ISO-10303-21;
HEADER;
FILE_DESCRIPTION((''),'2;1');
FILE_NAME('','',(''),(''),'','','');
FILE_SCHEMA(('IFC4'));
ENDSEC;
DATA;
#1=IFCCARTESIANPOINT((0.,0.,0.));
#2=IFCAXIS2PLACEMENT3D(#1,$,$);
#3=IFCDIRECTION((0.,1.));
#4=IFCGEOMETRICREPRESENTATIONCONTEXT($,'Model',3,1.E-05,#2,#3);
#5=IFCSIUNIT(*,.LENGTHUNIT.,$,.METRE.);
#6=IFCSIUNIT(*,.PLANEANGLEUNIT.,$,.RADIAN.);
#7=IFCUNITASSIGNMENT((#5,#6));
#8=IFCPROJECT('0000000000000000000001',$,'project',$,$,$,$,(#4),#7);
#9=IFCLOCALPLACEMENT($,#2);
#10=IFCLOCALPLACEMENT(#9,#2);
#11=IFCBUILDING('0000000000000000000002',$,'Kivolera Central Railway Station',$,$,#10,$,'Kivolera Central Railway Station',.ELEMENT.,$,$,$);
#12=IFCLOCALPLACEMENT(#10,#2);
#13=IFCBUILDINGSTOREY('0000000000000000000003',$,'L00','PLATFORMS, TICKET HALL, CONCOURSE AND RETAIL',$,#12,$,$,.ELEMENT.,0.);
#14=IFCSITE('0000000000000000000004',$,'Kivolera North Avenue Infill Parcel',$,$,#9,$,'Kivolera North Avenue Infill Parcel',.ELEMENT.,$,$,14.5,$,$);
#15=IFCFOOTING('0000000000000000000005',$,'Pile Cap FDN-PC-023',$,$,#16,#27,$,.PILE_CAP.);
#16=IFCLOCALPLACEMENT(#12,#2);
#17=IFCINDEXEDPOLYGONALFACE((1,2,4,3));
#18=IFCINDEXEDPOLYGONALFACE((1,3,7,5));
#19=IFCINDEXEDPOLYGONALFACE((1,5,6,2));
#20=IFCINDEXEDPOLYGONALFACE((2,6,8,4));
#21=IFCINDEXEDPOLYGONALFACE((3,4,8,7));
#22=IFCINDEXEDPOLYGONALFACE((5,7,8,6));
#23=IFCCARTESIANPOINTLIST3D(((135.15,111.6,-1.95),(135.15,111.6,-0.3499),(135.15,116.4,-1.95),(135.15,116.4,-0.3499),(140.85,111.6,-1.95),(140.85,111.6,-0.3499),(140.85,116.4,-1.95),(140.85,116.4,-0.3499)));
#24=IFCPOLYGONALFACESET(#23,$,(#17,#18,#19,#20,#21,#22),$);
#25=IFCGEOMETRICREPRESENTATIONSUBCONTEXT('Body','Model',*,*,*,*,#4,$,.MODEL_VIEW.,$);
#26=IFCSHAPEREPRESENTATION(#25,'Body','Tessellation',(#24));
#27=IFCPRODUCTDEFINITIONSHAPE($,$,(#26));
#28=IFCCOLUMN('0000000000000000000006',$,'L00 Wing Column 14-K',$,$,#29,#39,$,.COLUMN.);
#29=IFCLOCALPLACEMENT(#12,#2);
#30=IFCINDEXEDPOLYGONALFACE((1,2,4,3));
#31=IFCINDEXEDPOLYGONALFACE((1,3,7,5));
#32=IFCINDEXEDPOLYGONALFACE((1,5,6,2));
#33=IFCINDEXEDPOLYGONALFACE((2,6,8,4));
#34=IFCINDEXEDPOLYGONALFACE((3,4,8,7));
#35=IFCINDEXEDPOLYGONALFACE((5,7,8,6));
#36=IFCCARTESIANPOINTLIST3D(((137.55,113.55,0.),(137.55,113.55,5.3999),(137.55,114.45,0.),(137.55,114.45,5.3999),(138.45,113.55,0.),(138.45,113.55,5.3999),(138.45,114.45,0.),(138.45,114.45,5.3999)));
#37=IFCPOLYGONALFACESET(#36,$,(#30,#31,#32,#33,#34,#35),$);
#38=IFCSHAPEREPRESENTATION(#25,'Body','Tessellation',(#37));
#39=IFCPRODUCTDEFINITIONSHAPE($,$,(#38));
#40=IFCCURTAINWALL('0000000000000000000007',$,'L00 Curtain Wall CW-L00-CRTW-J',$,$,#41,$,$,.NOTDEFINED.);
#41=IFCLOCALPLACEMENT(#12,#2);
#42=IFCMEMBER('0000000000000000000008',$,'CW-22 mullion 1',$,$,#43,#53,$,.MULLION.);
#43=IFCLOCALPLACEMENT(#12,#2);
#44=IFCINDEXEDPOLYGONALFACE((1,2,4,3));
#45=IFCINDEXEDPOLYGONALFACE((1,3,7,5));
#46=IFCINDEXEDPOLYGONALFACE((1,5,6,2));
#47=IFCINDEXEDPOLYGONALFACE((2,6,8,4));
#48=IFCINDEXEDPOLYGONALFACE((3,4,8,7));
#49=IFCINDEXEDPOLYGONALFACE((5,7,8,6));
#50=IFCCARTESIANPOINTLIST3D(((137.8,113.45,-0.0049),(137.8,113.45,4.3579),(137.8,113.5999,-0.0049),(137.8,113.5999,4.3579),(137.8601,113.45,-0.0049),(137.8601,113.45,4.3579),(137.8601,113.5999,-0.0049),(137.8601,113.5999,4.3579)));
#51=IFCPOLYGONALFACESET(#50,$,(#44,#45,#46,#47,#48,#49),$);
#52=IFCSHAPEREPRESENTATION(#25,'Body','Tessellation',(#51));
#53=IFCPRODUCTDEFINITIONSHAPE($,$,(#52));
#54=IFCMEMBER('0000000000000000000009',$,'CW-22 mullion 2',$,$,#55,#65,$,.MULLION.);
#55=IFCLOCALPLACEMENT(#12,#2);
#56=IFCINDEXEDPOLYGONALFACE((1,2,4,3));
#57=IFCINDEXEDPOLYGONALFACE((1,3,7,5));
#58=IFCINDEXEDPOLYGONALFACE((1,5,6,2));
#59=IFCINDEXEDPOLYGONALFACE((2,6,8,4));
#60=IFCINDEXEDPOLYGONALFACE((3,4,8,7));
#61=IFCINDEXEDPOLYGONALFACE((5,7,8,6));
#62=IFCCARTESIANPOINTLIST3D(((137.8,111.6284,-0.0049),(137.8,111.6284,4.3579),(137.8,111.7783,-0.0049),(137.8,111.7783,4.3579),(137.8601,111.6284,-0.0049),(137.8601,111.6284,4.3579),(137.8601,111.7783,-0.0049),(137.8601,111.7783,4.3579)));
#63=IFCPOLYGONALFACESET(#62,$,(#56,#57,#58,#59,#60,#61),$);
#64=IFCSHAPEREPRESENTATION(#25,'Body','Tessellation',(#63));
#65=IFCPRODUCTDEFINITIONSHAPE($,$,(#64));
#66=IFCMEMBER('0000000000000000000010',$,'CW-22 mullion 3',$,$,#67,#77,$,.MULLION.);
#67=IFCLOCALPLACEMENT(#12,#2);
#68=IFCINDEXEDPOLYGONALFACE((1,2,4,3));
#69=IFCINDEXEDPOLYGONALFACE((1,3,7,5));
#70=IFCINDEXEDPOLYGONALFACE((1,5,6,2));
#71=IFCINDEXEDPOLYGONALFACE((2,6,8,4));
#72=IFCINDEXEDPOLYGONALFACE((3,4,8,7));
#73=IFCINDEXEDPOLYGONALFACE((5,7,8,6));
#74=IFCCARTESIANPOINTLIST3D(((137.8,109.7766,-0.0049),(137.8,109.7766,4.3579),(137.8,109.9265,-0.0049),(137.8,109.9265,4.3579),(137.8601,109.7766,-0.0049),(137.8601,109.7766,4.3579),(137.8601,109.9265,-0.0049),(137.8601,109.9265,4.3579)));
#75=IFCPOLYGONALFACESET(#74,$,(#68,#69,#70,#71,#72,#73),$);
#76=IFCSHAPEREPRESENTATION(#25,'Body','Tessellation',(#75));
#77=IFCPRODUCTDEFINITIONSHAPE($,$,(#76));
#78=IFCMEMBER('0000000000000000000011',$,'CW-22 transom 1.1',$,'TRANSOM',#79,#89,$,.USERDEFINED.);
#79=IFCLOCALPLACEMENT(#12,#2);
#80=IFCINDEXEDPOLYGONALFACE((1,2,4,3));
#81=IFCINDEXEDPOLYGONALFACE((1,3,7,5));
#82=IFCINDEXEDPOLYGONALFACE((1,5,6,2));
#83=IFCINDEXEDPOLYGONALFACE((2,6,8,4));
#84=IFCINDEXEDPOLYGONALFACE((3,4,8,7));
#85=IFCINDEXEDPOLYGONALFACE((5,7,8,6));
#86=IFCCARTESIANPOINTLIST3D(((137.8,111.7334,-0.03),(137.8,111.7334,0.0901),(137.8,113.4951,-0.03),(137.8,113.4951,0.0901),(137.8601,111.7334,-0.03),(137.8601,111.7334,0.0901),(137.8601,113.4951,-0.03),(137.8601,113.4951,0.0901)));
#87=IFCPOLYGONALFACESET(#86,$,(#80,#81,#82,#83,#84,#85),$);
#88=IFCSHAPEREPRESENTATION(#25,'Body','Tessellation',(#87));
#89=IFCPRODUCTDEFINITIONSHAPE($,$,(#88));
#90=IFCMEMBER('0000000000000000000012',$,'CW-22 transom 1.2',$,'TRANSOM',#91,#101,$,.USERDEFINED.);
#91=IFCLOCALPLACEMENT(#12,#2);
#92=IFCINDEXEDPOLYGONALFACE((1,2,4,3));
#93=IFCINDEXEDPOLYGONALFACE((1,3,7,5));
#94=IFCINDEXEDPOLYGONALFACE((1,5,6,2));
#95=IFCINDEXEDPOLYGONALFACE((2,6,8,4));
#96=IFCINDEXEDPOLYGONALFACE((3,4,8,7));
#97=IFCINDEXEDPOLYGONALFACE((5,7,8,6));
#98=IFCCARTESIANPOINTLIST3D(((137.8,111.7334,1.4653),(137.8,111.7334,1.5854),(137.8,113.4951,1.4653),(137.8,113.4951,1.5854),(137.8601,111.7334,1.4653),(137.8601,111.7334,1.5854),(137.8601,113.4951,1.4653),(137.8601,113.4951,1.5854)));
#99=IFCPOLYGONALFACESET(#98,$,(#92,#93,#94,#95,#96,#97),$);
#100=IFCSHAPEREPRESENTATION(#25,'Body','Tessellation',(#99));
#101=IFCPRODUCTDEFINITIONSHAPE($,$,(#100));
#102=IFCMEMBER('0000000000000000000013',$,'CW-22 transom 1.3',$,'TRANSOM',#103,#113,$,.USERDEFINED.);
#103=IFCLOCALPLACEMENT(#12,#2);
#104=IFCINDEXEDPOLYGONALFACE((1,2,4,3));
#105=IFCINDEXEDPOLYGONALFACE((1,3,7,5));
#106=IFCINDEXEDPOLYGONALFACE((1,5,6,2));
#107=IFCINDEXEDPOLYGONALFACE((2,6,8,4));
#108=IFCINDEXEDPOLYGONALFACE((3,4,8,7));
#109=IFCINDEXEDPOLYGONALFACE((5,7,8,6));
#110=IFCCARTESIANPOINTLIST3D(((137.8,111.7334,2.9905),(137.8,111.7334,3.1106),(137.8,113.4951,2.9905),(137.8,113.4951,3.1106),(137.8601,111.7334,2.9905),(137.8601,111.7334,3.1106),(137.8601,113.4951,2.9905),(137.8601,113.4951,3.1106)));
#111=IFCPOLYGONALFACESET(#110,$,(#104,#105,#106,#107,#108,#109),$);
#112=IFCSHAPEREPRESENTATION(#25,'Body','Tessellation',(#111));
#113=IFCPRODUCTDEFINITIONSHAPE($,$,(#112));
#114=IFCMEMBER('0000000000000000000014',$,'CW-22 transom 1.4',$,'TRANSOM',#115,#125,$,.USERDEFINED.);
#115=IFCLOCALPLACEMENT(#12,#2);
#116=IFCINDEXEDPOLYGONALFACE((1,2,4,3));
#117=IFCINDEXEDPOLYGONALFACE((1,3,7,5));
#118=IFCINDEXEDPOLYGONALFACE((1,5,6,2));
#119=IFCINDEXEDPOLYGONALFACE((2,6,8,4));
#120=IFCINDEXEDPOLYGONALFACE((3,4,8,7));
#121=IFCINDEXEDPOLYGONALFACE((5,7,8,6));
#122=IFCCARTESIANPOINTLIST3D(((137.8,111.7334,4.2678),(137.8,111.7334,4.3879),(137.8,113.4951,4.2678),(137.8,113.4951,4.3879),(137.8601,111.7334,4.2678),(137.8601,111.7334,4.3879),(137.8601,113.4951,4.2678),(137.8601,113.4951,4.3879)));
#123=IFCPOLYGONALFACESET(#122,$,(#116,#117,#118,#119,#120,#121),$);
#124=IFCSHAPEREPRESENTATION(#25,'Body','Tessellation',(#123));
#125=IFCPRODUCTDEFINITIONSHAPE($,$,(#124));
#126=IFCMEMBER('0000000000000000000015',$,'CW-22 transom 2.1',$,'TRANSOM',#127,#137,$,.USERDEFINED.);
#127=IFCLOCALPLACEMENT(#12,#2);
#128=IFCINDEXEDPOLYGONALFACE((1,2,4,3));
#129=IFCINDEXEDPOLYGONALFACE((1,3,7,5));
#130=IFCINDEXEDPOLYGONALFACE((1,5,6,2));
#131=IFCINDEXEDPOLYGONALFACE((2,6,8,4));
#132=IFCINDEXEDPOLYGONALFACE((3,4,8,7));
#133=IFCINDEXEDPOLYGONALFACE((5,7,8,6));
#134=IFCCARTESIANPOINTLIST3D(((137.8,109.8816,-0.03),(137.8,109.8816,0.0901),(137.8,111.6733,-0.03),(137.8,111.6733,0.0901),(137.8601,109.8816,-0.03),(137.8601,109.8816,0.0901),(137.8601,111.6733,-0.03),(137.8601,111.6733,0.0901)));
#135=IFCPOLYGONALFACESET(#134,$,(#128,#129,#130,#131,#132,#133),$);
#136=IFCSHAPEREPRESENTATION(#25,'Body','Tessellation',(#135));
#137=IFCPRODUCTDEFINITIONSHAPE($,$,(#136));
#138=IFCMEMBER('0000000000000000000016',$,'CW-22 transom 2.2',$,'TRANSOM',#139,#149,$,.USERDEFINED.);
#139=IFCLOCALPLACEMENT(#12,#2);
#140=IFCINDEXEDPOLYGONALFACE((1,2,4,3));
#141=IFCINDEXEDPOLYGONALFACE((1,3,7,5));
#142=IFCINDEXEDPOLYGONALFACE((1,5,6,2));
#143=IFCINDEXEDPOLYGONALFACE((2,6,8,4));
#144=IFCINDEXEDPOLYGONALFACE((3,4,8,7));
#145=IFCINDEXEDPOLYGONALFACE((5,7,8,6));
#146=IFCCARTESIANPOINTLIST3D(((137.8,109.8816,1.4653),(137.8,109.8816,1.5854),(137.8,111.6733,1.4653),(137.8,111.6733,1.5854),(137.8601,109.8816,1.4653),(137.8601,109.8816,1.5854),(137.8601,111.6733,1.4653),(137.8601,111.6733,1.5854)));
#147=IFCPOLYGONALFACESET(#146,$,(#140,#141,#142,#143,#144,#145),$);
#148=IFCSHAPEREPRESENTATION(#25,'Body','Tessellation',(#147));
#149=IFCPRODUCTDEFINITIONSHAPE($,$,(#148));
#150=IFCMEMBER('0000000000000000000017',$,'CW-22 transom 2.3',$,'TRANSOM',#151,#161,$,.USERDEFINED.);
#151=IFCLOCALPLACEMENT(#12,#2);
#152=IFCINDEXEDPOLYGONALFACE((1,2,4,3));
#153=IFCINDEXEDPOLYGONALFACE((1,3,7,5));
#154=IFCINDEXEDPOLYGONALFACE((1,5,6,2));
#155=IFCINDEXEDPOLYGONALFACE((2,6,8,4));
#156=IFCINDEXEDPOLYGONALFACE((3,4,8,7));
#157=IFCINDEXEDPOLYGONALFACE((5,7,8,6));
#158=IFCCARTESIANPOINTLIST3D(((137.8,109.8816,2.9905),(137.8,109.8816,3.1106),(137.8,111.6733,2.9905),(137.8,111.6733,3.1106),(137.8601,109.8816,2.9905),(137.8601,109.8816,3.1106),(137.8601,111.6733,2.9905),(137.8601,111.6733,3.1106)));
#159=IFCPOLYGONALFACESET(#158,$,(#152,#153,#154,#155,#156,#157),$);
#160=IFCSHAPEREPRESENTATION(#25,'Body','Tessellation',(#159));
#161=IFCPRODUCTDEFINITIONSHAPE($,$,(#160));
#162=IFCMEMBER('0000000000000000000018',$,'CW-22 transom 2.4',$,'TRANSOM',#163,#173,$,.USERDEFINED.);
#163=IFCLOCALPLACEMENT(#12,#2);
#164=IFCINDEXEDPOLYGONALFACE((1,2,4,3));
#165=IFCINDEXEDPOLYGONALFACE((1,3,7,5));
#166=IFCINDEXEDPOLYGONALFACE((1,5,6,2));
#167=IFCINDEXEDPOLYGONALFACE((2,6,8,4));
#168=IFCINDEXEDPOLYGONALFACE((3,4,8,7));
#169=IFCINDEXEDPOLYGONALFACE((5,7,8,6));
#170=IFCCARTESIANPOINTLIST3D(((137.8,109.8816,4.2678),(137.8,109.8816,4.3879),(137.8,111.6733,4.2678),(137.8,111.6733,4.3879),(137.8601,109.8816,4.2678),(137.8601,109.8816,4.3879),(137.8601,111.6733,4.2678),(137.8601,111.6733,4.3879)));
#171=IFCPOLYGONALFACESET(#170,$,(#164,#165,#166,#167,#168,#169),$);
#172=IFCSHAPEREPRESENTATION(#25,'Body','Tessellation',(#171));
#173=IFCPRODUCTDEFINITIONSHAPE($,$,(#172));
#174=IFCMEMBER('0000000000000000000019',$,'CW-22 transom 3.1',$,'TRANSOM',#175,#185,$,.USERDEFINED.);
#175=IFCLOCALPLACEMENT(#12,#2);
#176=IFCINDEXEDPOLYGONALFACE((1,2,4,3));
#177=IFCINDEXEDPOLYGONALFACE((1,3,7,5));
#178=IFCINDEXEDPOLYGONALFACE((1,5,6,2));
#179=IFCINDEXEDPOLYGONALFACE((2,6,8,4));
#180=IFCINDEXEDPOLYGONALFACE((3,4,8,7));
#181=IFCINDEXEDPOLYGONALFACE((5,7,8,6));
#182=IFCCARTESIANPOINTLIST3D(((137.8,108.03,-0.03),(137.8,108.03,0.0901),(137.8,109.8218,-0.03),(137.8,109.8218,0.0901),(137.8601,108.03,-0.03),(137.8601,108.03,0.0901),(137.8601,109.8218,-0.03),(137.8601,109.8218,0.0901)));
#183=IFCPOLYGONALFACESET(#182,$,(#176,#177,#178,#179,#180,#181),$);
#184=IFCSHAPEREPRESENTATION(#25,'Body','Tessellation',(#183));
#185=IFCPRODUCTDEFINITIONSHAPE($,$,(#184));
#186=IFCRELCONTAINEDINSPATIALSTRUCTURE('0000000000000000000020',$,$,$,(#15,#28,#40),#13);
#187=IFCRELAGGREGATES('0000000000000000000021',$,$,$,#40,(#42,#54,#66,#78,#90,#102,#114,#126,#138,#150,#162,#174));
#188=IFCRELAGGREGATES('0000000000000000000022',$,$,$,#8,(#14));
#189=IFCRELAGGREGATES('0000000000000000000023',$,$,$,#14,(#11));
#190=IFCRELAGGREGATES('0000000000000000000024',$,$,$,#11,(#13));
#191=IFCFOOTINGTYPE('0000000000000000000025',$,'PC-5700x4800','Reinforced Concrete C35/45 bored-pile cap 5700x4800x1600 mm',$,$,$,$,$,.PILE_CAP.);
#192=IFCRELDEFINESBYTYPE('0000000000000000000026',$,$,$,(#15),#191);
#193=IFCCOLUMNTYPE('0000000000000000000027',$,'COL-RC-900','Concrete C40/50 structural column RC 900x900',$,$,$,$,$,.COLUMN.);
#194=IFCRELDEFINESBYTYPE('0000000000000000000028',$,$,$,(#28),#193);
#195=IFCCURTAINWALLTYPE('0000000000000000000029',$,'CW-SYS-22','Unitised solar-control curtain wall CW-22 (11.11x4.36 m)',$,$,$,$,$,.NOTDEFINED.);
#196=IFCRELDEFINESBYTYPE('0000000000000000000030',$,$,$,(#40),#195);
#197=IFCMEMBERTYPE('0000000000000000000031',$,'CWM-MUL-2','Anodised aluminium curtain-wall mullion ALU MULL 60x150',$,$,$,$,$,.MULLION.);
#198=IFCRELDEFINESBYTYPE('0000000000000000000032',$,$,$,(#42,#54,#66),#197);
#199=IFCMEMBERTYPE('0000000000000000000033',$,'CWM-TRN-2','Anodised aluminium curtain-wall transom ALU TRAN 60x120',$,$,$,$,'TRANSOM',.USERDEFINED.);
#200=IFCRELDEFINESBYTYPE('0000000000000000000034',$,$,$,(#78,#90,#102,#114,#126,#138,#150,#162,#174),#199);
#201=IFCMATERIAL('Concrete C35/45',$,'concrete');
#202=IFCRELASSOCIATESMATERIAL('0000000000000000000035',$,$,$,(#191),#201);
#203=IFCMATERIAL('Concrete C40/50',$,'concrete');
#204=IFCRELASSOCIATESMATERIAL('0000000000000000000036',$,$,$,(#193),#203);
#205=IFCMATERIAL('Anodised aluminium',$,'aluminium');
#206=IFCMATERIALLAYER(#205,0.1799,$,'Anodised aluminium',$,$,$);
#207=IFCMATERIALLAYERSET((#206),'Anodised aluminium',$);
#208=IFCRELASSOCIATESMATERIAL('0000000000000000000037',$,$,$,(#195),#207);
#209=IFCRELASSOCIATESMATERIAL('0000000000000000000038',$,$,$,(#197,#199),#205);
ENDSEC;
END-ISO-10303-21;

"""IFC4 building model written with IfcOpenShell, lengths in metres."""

from ifc_helpers import new_model, si_unit, direction, frame, origin, origin_2d, place, context, subcontext, project, spatial, rectangle, extrude, material, layer, layer_set, material_profile, profile_set, type_object, element, aggregate, save


model = new_model("IFC4")

# Units and contexts
model_context = context("Model", 3, precision=1e-05, world=origin(), true_north=direction((0.0, 1.0)))
body_context = subcontext(model_context, "Body", "Model", "MODEL_VIEW")
ifc_project = project(units=[si_unit("LENGTHUNIT", "METRE"), si_unit("PLANEANGLEUNIT", "RADIAN")], contexts=[model_context])

# Site, building, storey
site_placement = place(None, origin())
site = spatial("IfcSite", under=ifc_project, at=site_placement, Name="Kivolera North Avenue Infill Parcel", LongName="Kivolera North Avenue Infill Parcel", CompositionType="ELEMENT", RefElevation=14.5)
building_placement = place(site_placement, origin())
building = spatial("IfcBuilding", under=site, at=building_placement, Name="Kivolera Central Railway Station", LongName="Kivolera Central Railway Station", CompositionType="ELEMENT")
storey_placement = place(building_placement, origin())
storey = spatial("IfcBuildingStorey", under=building, at=storey_placement, Name="L00", Description="PLATFORMS, TICKET HALL, CONCOURSE AND RETAIL", CompositionType="ELEMENT", Elevation=0.0)

# Footing
ifc_material_1 = material(Name="Concrete C35/45", Category="concrete")
footing_type = type_object("IfcFootingType", Name="PC-5700x4800", Description="Reinforced Concrete C35/45 bored-pile cap 5700x4800x1600 mm", PredefinedType="PILE_CAP", material=ifc_material_1)
footing_placement = place(storey_placement, frame((138.0, 114.0, -1.95), z_axis=(0.0, 0.0, 1.0), x_axis=(1.0, 0.0, 0.0)))
element("IfcFooting", 1, at=footing_placement, inside=storey, type_object=footing_type, Name="Pile Cap FDN-PC-023", PredefinedType="PILE_CAP", context=body_context, shape_type="SweptSolid", body=[
    extrude(rectangle(XDim=5.7, YDim=4.8, at=origin_2d()), origin(), (0.0, 0.0, 1.0), 1.6001),
])

# Column
ifc_material_2 = material(Name="Concrete C40/50", Category="concrete")
ifc_material_profile_1 = material_profile(ifc_material_2, rectangle(XDim=0.8999, YDim=0.8999, at=origin_2d()), Name="RC 900x900")
ifc_profile_set_1 = profile_set([ifc_material_profile_1], Name="Concrete C40/50")
column_type = type_object("IfcColumnType", Name="COL-RC-900", Description="Concrete C40/50 structural column RC 900x900", PredefinedType="COLUMN", material=ifc_profile_set_1)
column_placement = place(storey_placement, frame((138.0, 114.0, 0.0), z_axis=(0.0, 0.0, 1.0), x_axis=(1.0, 0.0, 0.0)))
element("IfcColumn", 2, at=column_placement, inside=storey, type_object=column_type, Name="L00 Wing Column 14-K", PredefinedType="COLUMN", context=body_context, shape_type="SweptSolid", body=[
    extrude(rectangle(XDim=0.8999, YDim=0.8999, at=origin_2d()), origin(), (0.0, 0.0, 1.0), 5.3999),
])

# Curtain wall, members
ifc_material_3 = material(Name="Anodised aluminium", Category="aluminium")
ifc_layer_1 = layer(ifc_material_3, 0.1799, Name="Anodised aluminium")
ifc_layer_set_1 = layer_set([ifc_layer_1], Name="Anodised aluminium")
curtain_wall_type = type_object("IfcCurtainWallType", Name="CW-SYS-22", Description="Unitised solar-control curtain wall CW-22 (11.11x4.36 m)", PredefinedType="NOTDEFINED", material=ifc_layer_set_1)
curtain_wall_placement = place(storey_placement, origin())
curtain_wall = element("IfcCurtainWall", 3, at=curtain_wall_placement, inside=storey, type_object=curtain_wall_type, Name="L00 Curtain Wall CW-L00-CRTW-J", PredefinedType="NOTDEFINED")
ifc_material_profile_2 = material_profile(ifc_material_3, rectangle(XDim=0.0601, YDim=0.1499, at=origin_2d()), Name="ALU MULL 60x150")
ifc_profile_set_2 = profile_set([ifc_material_profile_2], Name="Anodised aluminium")
member_type_1 = type_object("IfcMemberType", Name="CWM-MUL-2", Description="Anodised aluminium curtain-wall mullion ALU MULL 60x150", PredefinedType="MULLION", material=ifc_profile_set_2)
member_1_placement = place(storey_placement, frame((137.8301, 113.5249, -0.0049), z_axis=(0.0, 0.0, 1.0), x_axis=(1.0, 0.0, 0.0)))
member_1 = element("IfcMember", 4, at=member_1_placement, type_object=member_type_1, Name="CW-22 mullion 1", PredefinedType="MULLION", context=body_context, shape_type="SweptSolid", body=[
    extrude(rectangle(XDim=0.0601, YDim=0.1499, at=origin_2d()), origin(), (0.0, 0.0, 1.0), 4.3628),
])
member_2_placement = place(storey_placement, frame((137.8301, 111.7034, -0.0049), z_axis=(0.0, 0.0, 1.0), x_axis=(1.0, 0.0, 0.0)))
member_2 = element("IfcMember", 5, at=member_2_placement, type_object=member_type_1, Name="CW-22 mullion 2", PredefinedType="MULLION", context=body_context, shape_type="SweptSolid", body=[
    extrude(rectangle(XDim=0.0601, YDim=0.1499, at=origin_2d()), origin(), (0.0, 0.0, 1.0), 4.3628),
])
member_3_placement = place(storey_placement, frame((137.8301, 109.8516, -0.0049), z_axis=(0.0, 0.0, 1.0), x_axis=(1.0, 0.0, 0.0)))
member_3 = element("IfcMember", 6, at=member_3_placement, type_object=member_type_1, Name="CW-22 mullion 3", PredefinedType="MULLION", context=body_context, shape_type="SweptSolid", body=[
    extrude(rectangle(XDim=0.0601, YDim=0.1499, at=origin_2d()), origin(), (0.0, 0.0, 1.0), 4.3628),
])
ifc_material_profile_3 = material_profile(ifc_material_3, rectangle(XDim=0.0601, YDim=0.1201, at=origin_2d()), Name="ALU TRAN 60x120")
ifc_profile_set_3 = profile_set([ifc_material_profile_3], Name="Anodised aluminium")
member_type_2 = type_object("IfcMemberType", Name="CWM-TRN-2", Description="Anodised aluminium curtain-wall transom ALU TRAN 60x120", ElementType="TRANSOM", PredefinedType="USERDEFINED", material=ifc_profile_set_3)
member_4_placement = place(storey_placement, frame((137.8301, 113.4951, 0.03), z_axis=(0.0, -1.0, 0.0), x_axis=(1.0, 0.0, 0.0)))
member_4 = element("IfcMember", 7, at=member_4_placement, type_object=member_type_2, Name="CW-22 transom 1.1", ObjectType="TRANSOM", PredefinedType="USERDEFINED", context=body_context, shape_type="SweptSolid", body=[
    extrude(rectangle(XDim=0.0601, YDim=0.1201, at=origin_2d()), origin(), (0.0, 0.0, 1.0), 1.7617),
])
member_5_placement = place(storey_placement, frame((137.8301, 113.4951, 1.5254), z_axis=(0.0, -1.0, 0.0), x_axis=(1.0, 0.0, 0.0)))
member_5 = element("IfcMember", 8, at=member_5_placement, type_object=member_type_2, Name="CW-22 transom 1.2", ObjectType="TRANSOM", PredefinedType="USERDEFINED", context=body_context, shape_type="SweptSolid", body=[
    extrude(rectangle(XDim=0.0601, YDim=0.1201, at=origin_2d()), origin(), (0.0, 0.0, 1.0), 1.7617),
])
member_6_placement = place(storey_placement, frame((137.8301, 113.4951, 3.0505), z_axis=(0.0, -1.0, 0.0), x_axis=(1.0, 0.0, 0.0)))
member_6 = element("IfcMember", 9, at=member_6_placement, type_object=member_type_2, Name="CW-22 transom 1.3", ObjectType="TRANSOM", PredefinedType="USERDEFINED", context=body_context, shape_type="SweptSolid", body=[
    extrude(rectangle(XDim=0.0601, YDim=0.1201, at=origin_2d()), origin(), (0.0, 0.0, 1.0), 1.7617),
])
member_7_placement = place(storey_placement, frame((137.8301, 113.4951, 4.3279), z_axis=(0.0, -1.0, 0.0), x_axis=(1.0, 0.0, 0.0)))
member_7 = element("IfcMember", 10, at=member_7_placement, type_object=member_type_2, Name="CW-22 transom 1.4", ObjectType="TRANSOM", PredefinedType="USERDEFINED", context=body_context, shape_type="SweptSolid", body=[
    extrude(rectangle(XDim=0.0601, YDim=0.1201, at=origin_2d()), origin(), (0.0, 0.0, 1.0), 1.7617),
])
member_8_placement = place(storey_placement, frame((137.8301, 111.6733, 0.03), z_axis=(0.0, -1.0, 0.0), x_axis=(1.0, 0.0, 0.0)))
member_8 = element("IfcMember", 11, at=member_8_placement, type_object=member_type_2, Name="CW-22 transom 2.1", ObjectType="TRANSOM", PredefinedType="USERDEFINED", context=body_context, shape_type="SweptSolid", body=[
    extrude(rectangle(XDim=0.0601, YDim=0.1201, at=origin_2d()), origin(), (0.0, 0.0, 1.0), 1.7917),
])
member_9_placement = place(storey_placement, frame((137.8301, 111.6733, 1.5254), z_axis=(0.0, -1.0, 0.0), x_axis=(1.0, 0.0, 0.0)))
member_9 = element("IfcMember", 12, at=member_9_placement, type_object=member_type_2, Name="CW-22 transom 2.2", ObjectType="TRANSOM", PredefinedType="USERDEFINED", context=body_context, shape_type="SweptSolid", body=[
    extrude(rectangle(XDim=0.0601, YDim=0.1201, at=origin_2d()), origin(), (0.0, 0.0, 1.0), 1.7917),
])
member_10_placement = place(storey_placement, frame((137.8301, 111.6733, 3.0505), z_axis=(0.0, -1.0, 0.0), x_axis=(1.0, 0.0, 0.0)))
member_10 = element("IfcMember", 13, at=member_10_placement, type_object=member_type_2, Name="CW-22 transom 2.3", ObjectType="TRANSOM", PredefinedType="USERDEFINED", context=body_context, shape_type="SweptSolid", body=[
    extrude(rectangle(XDim=0.0601, YDim=0.1201, at=origin_2d()), origin(), (0.0, 0.0, 1.0), 1.7917),
])
member_11_placement = place(storey_placement, frame((137.8301, 111.6733, 4.3279), z_axis=(0.0, -1.0, 0.0), x_axis=(1.0, 0.0, 0.0)))
member_11 = element("IfcMember", 14, at=member_11_placement, type_object=member_type_2, Name="CW-22 transom 2.4", ObjectType="TRANSOM", PredefinedType="USERDEFINED", context=body_context, shape_type="SweptSolid", body=[
    extrude(rectangle(XDim=0.0601, YDim=0.1201, at=origin_2d()), origin(), (0.0, 0.0, 1.0), 1.7917),
])
member_12_placement = place(storey_placement, frame((137.8301, 109.8218, 0.03), z_axis=(0.0, -1.0, 0.0), x_axis=(1.0, 0.0, 0.0)))
member_12 = element("IfcMember", 15, at=member_12_placement, type_object=member_type_2, Name="CW-22 transom 3.1", ObjectType="TRANSOM", PredefinedType="USERDEFINED", context=body_context, shape_type="SweptSolid", body=[
    extrude(rectangle(XDim=0.0601, YDim=0.1201, at=origin_2d()), origin(), (0.0, 0.0, 1.0), 1.7917),
])
aggregate(curtain_wall, [member_1, member_2, member_3, member_4, member_5, member_6, member_7, member_8, member_9, member_10, member_11, member_12])

save(model, "model.ifc")
